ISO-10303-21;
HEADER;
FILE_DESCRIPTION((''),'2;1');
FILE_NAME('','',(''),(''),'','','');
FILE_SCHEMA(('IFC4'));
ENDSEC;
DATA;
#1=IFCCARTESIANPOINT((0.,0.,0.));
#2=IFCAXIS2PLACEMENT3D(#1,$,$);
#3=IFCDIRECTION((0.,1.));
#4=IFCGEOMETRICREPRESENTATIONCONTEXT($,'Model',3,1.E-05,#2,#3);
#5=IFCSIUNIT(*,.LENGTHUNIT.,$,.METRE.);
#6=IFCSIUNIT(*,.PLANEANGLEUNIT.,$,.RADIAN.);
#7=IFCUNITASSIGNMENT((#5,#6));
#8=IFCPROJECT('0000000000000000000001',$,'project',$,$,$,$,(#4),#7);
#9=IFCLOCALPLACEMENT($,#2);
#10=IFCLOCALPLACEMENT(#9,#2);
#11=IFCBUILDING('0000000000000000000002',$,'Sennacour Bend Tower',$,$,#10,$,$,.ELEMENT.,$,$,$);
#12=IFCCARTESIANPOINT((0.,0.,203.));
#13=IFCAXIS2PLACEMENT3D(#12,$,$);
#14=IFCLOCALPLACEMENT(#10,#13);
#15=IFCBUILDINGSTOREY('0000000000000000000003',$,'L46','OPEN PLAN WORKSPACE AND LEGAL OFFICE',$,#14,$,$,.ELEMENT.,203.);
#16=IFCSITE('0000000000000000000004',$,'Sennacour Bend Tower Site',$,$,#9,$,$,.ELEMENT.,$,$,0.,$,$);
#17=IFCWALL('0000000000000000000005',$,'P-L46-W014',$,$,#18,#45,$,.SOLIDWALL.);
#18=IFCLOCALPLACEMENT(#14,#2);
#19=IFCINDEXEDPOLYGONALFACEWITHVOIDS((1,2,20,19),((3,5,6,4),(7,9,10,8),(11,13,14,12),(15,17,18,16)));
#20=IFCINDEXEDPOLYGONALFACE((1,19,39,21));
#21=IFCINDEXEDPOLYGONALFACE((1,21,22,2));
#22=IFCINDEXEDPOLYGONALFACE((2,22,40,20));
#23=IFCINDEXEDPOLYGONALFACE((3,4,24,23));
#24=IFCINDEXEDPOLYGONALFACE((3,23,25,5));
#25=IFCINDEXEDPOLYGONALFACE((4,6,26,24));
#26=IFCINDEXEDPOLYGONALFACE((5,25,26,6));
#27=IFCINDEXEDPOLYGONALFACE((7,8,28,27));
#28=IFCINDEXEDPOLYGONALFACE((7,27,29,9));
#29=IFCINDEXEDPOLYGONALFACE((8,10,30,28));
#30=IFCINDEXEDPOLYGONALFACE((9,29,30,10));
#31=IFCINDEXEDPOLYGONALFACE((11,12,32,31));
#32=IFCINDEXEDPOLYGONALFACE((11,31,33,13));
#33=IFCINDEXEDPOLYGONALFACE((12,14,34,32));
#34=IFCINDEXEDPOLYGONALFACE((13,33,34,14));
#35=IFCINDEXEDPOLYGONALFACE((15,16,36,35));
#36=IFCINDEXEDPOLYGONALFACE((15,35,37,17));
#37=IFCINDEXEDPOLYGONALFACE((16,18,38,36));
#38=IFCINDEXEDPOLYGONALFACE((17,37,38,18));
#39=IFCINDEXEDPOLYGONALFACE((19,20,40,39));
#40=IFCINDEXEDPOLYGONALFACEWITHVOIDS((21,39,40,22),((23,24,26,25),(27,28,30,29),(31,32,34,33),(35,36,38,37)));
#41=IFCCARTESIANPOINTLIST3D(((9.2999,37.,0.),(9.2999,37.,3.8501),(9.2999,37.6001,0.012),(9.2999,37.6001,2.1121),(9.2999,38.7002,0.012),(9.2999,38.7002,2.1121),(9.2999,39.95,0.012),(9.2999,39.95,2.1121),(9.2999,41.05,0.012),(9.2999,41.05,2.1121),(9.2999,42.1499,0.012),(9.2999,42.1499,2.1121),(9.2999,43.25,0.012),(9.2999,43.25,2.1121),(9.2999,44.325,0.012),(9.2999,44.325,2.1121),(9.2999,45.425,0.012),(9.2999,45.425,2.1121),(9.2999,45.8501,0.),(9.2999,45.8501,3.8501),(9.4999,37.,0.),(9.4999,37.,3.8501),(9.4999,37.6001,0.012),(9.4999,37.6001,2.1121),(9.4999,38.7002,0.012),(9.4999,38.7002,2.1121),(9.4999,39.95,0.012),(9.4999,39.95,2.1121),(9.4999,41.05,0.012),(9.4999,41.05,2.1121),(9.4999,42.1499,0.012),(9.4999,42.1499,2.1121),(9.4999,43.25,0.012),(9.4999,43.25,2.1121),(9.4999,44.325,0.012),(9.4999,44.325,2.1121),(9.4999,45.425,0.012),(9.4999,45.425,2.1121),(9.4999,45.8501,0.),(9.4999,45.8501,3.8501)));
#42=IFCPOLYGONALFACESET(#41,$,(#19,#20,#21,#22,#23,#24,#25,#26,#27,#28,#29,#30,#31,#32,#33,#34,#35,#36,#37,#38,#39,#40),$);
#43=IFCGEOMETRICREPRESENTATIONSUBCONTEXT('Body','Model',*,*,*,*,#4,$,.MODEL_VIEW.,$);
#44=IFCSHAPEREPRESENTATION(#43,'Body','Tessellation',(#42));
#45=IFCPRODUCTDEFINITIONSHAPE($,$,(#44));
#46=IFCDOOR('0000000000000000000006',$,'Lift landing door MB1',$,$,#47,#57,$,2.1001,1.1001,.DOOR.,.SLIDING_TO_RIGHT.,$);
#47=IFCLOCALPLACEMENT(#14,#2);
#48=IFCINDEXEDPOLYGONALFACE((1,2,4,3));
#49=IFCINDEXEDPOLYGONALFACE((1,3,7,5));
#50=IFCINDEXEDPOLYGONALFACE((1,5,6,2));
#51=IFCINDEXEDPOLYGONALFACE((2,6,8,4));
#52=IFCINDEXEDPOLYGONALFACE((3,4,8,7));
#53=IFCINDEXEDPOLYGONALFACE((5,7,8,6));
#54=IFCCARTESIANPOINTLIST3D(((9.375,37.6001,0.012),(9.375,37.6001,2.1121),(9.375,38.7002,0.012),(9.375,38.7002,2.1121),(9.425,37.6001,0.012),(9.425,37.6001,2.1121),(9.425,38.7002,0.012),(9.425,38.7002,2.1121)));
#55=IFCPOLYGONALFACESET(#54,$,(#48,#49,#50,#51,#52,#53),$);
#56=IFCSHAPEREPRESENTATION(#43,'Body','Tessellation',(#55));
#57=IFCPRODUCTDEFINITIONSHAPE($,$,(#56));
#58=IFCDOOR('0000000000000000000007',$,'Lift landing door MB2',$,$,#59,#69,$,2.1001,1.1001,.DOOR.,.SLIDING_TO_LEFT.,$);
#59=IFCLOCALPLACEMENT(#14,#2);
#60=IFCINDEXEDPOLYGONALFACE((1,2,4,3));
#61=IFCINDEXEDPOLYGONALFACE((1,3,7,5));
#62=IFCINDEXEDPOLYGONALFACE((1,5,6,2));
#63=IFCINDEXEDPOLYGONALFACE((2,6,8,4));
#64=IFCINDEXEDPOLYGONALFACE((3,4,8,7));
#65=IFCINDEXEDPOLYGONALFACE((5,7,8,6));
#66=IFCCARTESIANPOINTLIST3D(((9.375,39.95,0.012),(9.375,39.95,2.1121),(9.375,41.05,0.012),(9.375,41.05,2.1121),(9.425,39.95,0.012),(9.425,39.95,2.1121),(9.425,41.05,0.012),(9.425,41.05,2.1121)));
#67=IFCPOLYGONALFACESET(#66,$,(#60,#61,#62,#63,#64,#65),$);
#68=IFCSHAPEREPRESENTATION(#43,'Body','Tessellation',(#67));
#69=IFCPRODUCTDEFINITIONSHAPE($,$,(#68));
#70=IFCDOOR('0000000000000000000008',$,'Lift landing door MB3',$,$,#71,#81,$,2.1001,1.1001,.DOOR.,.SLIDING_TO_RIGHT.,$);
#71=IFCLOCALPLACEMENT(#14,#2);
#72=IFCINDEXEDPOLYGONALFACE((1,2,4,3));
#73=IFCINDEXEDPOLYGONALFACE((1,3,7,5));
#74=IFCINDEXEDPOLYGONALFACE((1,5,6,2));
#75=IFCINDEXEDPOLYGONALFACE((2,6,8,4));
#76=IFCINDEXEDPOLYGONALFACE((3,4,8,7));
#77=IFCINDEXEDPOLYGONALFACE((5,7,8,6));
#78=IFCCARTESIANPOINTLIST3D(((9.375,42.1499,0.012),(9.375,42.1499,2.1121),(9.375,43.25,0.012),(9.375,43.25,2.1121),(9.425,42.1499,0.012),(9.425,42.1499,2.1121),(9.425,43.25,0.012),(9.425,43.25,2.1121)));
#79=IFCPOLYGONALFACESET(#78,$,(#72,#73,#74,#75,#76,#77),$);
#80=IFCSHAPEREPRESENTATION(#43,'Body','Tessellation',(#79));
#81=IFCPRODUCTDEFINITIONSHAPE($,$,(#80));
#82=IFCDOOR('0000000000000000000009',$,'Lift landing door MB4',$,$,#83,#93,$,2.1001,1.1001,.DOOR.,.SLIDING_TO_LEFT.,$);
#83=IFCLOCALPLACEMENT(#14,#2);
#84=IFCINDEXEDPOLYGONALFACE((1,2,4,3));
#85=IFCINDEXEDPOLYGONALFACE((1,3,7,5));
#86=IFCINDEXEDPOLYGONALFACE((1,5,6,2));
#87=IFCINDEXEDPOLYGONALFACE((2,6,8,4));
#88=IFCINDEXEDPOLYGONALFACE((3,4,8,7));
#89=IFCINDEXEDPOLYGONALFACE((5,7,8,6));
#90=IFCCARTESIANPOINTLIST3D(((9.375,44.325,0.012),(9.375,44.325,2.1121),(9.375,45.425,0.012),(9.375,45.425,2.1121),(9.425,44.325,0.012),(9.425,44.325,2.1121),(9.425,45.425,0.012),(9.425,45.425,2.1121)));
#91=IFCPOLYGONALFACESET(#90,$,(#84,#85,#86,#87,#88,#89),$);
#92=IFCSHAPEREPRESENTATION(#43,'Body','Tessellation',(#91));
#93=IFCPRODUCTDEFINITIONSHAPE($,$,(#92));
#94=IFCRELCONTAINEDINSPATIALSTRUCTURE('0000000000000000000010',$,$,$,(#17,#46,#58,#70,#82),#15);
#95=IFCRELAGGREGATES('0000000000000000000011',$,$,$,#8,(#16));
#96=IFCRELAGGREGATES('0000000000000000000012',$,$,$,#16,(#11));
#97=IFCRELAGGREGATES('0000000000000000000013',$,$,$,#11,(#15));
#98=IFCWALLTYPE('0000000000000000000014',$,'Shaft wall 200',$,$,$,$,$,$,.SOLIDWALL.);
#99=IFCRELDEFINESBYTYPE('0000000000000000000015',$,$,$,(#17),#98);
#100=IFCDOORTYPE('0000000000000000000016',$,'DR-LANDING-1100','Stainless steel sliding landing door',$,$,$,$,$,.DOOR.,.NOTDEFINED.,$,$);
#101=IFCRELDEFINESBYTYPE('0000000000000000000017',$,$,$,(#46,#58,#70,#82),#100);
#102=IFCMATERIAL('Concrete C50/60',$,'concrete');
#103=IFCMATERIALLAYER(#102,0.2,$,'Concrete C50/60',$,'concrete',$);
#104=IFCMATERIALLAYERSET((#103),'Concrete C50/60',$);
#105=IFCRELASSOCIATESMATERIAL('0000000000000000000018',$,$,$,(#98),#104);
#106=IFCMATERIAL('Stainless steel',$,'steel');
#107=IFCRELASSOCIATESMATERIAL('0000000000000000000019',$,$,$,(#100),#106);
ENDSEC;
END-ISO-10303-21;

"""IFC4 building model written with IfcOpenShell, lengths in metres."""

from ifc_helpers import new_model, si_unit, direction, frame, frame_2d, origin, place, context, subcontext, project, spatial, rectangle, extrude, material, layer, layer_set, type_object, element, fill, save


model = new_model("IFC4")

# Units and contexts
model_context = context("Model", 3, precision=1e-05, world=origin(), true_north=direction((0.0, 1.0)))
body_context = subcontext(model_context, "Body", "Model", "MODEL_VIEW")
ifc_project = project(units=[si_unit("LENGTHUNIT", "METRE"), si_unit("PLANEANGLEUNIT", "RADIAN")], contexts=[model_context])

# Site, building, storey
site_placement = place(None, origin())
site = spatial("IfcSite", under=ifc_project, at=site_placement, Name="Sennacour Bend Tower Site", CompositionType="ELEMENT", RefElevation=0.0)
building_placement = place(site_placement, origin())
building = spatial("IfcBuilding", under=site, at=building_placement, Name="Sennacour Bend Tower", CompositionType="ELEMENT")
storey_placement = place(building_placement, frame((0.0, 0.0, 203.0)))
storey = spatial("IfcBuildingStorey", under=building, at=storey_placement, Name="L46", Description="OPEN PLAN WORKSPACE AND LEGAL OFFICE", CompositionType="ELEMENT", Elevation=203.0)

# Wall, openings, doors
ifc_material_1 = material(Name="Concrete C50/60", Category="concrete")
ifc_layer_1 = layer(ifc_material_1, 0.2, Name="Concrete C50/60", Category="concrete")
ifc_layer_set_1 = layer_set([ifc_layer_1], Name="Concrete C50/60")
wall_type_1 = type_object("IfcWallType", Name="Shaft wall 200", PredefinedType="SOLIDWALL", material=ifc_layer_set_1)
wall_1_placement = place(storey_placement, frame((9.3999, 37.0, 0.0), z_axis=(0.0, 0.0, 1.0), x_axis=(0.0, 1.0, 0.0)))
wall_1 = element("IfcWall", 1, at=wall_1_placement, inside=storey, type_object=wall_type_1, Name="P-L46-W014", PredefinedType="SOLIDWALL", context=body_context, shape_type="SweptSolid", body=[
    extrude(rectangle(XDim=8.8501, YDim=0.2, at=frame_2d((4.425, 0.0))), origin(), (0.0, 0.0, 1.0), 3.8501),
])
opening_1_placement = place(wall_1_placement, frame((0.6001, 0.0, 0.012)))
opening_1 = element("IfcOpeningElement", 2, at=opening_1_placement, cuts=wall_1, PredefinedType="OPENING", context=body_context, shape_type="SweptSolid", body=[
    extrude(rectangle(XDim=1.1001, YDim=2.1001, at=frame_2d((0.55, 1.05))), frame((0.0, 0.1099, 0.0), z_axis=(0.0, -1.0, 0.0), x_axis=(1.0, 0.0, 0.0)), (0.0, 0.0, 1.0), 0.22),
])
opening_2_placement = place(wall_1_placement, frame((2.95, 0.0, 0.012)))
opening_2 = element("IfcOpeningElement", 3, at=opening_2_placement, cuts=wall_1, PredefinedType="OPENING", context=body_context, shape_type="SweptSolid", body=[
    extrude(rectangle(XDim=1.1001, YDim=2.1001, at=frame_2d((0.55, 1.05))), frame((0.0, 0.1099, 0.0), z_axis=(0.0, -1.0, 0.0), x_axis=(1.0, 0.0, 0.0)), (0.0, 0.0, 1.0), 0.22),
])
opening_3_placement = place(wall_1_placement, frame((5.1499, 0.0, 0.012)))
opening_3 = element("IfcOpeningElement", 4, at=opening_3_placement, cuts=wall_1, PredefinedType="OPENING", context=body_context, shape_type="SweptSolid", body=[
    extrude(rectangle(XDim=1.1001, YDim=2.1001, at=frame_2d((0.55, 1.05))), frame((0.0, 0.1099, 0.0), z_axis=(0.0, -1.0, 0.0), x_axis=(1.0, 0.0, 0.0)), (0.0, 0.0, 1.0), 0.22),
])
opening_4_placement = place(wall_1_placement, frame((7.325, 0.0, 0.012)))
opening_4 = element("IfcOpeningElement", 5, at=opening_4_placement, cuts=wall_1, PredefinedType="OPENING", context=body_context, shape_type="SweptSolid", body=[
    extrude(rectangle(XDim=1.1001, YDim=2.1001, at=frame_2d((0.55, 1.05))), frame((0.0, 0.1099, 0.0), z_axis=(0.0, -1.0, 0.0), x_axis=(1.0, 0.0, 0.0)), (0.0, 0.0, 1.0), 0.22),
])
ifc_material_2 = material(Name="Stainless steel", Category="steel")
door_type_1 = type_object("IfcDoorType", Name="DR-LANDING-1100", Description="Stainless steel sliding landing door", OperationType="NOTDEFINED", PredefinedType="DOOR", material=ifc_material_2)
door_1_placement = place(opening_1_placement, origin())
door_1 = element("IfcDoor", 6, at=door_1_placement, inside=storey, type_object=door_type_1, Name="Lift landing door MB1", OperationType="SLIDING_TO_RIGHT", OverallHeight=2.1001, OverallWidth=1.1001, PredefinedType="DOOR", context=body_context, shape_type="SweptSolid", body=[
    extrude(rectangle(XDim=1.1001, YDim=2.1001, at=frame_2d((0.55, 1.05))), frame((0.0, 0.0249, 0.0), z_axis=(0.0, -1.0, 0.0), x_axis=(1.0, 0.0, 0.0)), (0.0, 0.0, 1.0), 0.05),
])
fill(opening_1, door_1)
door_2_placement = place(opening_2_placement, origin())
door_2 = element("IfcDoor", 7, at=door_2_placement, inside=storey, type_object=door_type_1, Name="Lift landing door MB2", OperationType="SLIDING_TO_LEFT", OverallHeight=2.1001, OverallWidth=1.1001, PredefinedType="DOOR", context=body_context, shape_type="SweptSolid", body=[
    extrude(rectangle(XDim=1.1001, YDim=2.1001, at=frame_2d((0.55, 1.05))), frame((0.0, 0.0249, 0.0), z_axis=(0.0, -1.0, 0.0), x_axis=(1.0, 0.0, 0.0)), (0.0, 0.0, 1.0), 0.05),
])
fill(opening_2, door_2)
door_3_placement = place(opening_3_placement, origin())
door_3 = element("IfcDoor", 8, at=door_3_placement, inside=storey, type_object=door_type_1, Name="Lift landing door MB3", OperationType="SLIDING_TO_RIGHT", OverallHeight=2.1001, OverallWidth=1.1001, PredefinedType="DOOR", context=body_context, shape_type="SweptSolid", body=[
    extrude(rectangle(XDim=1.1001, YDim=2.1001, at=frame_2d((0.55, 1.05))), frame((0.0, 0.0249, 0.0), z_axis=(0.0, -1.0, 0.0), x_axis=(1.0, 0.0, 0.0)), (0.0, 0.0, 1.0), 0.05),
])
fill(opening_3, door_3)
door_4_placement = place(opening_4_placement, origin())
door_4 = element("IfcDoor", 9, at=door_4_placement, inside=storey, type_object=door_type_1, Name="Lift landing door MB4", OperationType="SLIDING_TO_LEFT", OverallHeight=2.1001, OverallWidth=1.1001, PredefinedType="DOOR", context=body_context, shape_type="SweptSolid", body=[
    extrude(rectangle(XDim=1.1001, YDim=2.1001, at=frame_2d((0.55, 1.05))), frame((0.0, 0.0249, 0.0), z_axis=(0.0, -1.0, 0.0), x_axis=(1.0, 0.0, 0.0)), (0.0, 0.0, 1.0), 0.05),
])
fill(opening_4, door_4)

save(model, "model.ifc")
